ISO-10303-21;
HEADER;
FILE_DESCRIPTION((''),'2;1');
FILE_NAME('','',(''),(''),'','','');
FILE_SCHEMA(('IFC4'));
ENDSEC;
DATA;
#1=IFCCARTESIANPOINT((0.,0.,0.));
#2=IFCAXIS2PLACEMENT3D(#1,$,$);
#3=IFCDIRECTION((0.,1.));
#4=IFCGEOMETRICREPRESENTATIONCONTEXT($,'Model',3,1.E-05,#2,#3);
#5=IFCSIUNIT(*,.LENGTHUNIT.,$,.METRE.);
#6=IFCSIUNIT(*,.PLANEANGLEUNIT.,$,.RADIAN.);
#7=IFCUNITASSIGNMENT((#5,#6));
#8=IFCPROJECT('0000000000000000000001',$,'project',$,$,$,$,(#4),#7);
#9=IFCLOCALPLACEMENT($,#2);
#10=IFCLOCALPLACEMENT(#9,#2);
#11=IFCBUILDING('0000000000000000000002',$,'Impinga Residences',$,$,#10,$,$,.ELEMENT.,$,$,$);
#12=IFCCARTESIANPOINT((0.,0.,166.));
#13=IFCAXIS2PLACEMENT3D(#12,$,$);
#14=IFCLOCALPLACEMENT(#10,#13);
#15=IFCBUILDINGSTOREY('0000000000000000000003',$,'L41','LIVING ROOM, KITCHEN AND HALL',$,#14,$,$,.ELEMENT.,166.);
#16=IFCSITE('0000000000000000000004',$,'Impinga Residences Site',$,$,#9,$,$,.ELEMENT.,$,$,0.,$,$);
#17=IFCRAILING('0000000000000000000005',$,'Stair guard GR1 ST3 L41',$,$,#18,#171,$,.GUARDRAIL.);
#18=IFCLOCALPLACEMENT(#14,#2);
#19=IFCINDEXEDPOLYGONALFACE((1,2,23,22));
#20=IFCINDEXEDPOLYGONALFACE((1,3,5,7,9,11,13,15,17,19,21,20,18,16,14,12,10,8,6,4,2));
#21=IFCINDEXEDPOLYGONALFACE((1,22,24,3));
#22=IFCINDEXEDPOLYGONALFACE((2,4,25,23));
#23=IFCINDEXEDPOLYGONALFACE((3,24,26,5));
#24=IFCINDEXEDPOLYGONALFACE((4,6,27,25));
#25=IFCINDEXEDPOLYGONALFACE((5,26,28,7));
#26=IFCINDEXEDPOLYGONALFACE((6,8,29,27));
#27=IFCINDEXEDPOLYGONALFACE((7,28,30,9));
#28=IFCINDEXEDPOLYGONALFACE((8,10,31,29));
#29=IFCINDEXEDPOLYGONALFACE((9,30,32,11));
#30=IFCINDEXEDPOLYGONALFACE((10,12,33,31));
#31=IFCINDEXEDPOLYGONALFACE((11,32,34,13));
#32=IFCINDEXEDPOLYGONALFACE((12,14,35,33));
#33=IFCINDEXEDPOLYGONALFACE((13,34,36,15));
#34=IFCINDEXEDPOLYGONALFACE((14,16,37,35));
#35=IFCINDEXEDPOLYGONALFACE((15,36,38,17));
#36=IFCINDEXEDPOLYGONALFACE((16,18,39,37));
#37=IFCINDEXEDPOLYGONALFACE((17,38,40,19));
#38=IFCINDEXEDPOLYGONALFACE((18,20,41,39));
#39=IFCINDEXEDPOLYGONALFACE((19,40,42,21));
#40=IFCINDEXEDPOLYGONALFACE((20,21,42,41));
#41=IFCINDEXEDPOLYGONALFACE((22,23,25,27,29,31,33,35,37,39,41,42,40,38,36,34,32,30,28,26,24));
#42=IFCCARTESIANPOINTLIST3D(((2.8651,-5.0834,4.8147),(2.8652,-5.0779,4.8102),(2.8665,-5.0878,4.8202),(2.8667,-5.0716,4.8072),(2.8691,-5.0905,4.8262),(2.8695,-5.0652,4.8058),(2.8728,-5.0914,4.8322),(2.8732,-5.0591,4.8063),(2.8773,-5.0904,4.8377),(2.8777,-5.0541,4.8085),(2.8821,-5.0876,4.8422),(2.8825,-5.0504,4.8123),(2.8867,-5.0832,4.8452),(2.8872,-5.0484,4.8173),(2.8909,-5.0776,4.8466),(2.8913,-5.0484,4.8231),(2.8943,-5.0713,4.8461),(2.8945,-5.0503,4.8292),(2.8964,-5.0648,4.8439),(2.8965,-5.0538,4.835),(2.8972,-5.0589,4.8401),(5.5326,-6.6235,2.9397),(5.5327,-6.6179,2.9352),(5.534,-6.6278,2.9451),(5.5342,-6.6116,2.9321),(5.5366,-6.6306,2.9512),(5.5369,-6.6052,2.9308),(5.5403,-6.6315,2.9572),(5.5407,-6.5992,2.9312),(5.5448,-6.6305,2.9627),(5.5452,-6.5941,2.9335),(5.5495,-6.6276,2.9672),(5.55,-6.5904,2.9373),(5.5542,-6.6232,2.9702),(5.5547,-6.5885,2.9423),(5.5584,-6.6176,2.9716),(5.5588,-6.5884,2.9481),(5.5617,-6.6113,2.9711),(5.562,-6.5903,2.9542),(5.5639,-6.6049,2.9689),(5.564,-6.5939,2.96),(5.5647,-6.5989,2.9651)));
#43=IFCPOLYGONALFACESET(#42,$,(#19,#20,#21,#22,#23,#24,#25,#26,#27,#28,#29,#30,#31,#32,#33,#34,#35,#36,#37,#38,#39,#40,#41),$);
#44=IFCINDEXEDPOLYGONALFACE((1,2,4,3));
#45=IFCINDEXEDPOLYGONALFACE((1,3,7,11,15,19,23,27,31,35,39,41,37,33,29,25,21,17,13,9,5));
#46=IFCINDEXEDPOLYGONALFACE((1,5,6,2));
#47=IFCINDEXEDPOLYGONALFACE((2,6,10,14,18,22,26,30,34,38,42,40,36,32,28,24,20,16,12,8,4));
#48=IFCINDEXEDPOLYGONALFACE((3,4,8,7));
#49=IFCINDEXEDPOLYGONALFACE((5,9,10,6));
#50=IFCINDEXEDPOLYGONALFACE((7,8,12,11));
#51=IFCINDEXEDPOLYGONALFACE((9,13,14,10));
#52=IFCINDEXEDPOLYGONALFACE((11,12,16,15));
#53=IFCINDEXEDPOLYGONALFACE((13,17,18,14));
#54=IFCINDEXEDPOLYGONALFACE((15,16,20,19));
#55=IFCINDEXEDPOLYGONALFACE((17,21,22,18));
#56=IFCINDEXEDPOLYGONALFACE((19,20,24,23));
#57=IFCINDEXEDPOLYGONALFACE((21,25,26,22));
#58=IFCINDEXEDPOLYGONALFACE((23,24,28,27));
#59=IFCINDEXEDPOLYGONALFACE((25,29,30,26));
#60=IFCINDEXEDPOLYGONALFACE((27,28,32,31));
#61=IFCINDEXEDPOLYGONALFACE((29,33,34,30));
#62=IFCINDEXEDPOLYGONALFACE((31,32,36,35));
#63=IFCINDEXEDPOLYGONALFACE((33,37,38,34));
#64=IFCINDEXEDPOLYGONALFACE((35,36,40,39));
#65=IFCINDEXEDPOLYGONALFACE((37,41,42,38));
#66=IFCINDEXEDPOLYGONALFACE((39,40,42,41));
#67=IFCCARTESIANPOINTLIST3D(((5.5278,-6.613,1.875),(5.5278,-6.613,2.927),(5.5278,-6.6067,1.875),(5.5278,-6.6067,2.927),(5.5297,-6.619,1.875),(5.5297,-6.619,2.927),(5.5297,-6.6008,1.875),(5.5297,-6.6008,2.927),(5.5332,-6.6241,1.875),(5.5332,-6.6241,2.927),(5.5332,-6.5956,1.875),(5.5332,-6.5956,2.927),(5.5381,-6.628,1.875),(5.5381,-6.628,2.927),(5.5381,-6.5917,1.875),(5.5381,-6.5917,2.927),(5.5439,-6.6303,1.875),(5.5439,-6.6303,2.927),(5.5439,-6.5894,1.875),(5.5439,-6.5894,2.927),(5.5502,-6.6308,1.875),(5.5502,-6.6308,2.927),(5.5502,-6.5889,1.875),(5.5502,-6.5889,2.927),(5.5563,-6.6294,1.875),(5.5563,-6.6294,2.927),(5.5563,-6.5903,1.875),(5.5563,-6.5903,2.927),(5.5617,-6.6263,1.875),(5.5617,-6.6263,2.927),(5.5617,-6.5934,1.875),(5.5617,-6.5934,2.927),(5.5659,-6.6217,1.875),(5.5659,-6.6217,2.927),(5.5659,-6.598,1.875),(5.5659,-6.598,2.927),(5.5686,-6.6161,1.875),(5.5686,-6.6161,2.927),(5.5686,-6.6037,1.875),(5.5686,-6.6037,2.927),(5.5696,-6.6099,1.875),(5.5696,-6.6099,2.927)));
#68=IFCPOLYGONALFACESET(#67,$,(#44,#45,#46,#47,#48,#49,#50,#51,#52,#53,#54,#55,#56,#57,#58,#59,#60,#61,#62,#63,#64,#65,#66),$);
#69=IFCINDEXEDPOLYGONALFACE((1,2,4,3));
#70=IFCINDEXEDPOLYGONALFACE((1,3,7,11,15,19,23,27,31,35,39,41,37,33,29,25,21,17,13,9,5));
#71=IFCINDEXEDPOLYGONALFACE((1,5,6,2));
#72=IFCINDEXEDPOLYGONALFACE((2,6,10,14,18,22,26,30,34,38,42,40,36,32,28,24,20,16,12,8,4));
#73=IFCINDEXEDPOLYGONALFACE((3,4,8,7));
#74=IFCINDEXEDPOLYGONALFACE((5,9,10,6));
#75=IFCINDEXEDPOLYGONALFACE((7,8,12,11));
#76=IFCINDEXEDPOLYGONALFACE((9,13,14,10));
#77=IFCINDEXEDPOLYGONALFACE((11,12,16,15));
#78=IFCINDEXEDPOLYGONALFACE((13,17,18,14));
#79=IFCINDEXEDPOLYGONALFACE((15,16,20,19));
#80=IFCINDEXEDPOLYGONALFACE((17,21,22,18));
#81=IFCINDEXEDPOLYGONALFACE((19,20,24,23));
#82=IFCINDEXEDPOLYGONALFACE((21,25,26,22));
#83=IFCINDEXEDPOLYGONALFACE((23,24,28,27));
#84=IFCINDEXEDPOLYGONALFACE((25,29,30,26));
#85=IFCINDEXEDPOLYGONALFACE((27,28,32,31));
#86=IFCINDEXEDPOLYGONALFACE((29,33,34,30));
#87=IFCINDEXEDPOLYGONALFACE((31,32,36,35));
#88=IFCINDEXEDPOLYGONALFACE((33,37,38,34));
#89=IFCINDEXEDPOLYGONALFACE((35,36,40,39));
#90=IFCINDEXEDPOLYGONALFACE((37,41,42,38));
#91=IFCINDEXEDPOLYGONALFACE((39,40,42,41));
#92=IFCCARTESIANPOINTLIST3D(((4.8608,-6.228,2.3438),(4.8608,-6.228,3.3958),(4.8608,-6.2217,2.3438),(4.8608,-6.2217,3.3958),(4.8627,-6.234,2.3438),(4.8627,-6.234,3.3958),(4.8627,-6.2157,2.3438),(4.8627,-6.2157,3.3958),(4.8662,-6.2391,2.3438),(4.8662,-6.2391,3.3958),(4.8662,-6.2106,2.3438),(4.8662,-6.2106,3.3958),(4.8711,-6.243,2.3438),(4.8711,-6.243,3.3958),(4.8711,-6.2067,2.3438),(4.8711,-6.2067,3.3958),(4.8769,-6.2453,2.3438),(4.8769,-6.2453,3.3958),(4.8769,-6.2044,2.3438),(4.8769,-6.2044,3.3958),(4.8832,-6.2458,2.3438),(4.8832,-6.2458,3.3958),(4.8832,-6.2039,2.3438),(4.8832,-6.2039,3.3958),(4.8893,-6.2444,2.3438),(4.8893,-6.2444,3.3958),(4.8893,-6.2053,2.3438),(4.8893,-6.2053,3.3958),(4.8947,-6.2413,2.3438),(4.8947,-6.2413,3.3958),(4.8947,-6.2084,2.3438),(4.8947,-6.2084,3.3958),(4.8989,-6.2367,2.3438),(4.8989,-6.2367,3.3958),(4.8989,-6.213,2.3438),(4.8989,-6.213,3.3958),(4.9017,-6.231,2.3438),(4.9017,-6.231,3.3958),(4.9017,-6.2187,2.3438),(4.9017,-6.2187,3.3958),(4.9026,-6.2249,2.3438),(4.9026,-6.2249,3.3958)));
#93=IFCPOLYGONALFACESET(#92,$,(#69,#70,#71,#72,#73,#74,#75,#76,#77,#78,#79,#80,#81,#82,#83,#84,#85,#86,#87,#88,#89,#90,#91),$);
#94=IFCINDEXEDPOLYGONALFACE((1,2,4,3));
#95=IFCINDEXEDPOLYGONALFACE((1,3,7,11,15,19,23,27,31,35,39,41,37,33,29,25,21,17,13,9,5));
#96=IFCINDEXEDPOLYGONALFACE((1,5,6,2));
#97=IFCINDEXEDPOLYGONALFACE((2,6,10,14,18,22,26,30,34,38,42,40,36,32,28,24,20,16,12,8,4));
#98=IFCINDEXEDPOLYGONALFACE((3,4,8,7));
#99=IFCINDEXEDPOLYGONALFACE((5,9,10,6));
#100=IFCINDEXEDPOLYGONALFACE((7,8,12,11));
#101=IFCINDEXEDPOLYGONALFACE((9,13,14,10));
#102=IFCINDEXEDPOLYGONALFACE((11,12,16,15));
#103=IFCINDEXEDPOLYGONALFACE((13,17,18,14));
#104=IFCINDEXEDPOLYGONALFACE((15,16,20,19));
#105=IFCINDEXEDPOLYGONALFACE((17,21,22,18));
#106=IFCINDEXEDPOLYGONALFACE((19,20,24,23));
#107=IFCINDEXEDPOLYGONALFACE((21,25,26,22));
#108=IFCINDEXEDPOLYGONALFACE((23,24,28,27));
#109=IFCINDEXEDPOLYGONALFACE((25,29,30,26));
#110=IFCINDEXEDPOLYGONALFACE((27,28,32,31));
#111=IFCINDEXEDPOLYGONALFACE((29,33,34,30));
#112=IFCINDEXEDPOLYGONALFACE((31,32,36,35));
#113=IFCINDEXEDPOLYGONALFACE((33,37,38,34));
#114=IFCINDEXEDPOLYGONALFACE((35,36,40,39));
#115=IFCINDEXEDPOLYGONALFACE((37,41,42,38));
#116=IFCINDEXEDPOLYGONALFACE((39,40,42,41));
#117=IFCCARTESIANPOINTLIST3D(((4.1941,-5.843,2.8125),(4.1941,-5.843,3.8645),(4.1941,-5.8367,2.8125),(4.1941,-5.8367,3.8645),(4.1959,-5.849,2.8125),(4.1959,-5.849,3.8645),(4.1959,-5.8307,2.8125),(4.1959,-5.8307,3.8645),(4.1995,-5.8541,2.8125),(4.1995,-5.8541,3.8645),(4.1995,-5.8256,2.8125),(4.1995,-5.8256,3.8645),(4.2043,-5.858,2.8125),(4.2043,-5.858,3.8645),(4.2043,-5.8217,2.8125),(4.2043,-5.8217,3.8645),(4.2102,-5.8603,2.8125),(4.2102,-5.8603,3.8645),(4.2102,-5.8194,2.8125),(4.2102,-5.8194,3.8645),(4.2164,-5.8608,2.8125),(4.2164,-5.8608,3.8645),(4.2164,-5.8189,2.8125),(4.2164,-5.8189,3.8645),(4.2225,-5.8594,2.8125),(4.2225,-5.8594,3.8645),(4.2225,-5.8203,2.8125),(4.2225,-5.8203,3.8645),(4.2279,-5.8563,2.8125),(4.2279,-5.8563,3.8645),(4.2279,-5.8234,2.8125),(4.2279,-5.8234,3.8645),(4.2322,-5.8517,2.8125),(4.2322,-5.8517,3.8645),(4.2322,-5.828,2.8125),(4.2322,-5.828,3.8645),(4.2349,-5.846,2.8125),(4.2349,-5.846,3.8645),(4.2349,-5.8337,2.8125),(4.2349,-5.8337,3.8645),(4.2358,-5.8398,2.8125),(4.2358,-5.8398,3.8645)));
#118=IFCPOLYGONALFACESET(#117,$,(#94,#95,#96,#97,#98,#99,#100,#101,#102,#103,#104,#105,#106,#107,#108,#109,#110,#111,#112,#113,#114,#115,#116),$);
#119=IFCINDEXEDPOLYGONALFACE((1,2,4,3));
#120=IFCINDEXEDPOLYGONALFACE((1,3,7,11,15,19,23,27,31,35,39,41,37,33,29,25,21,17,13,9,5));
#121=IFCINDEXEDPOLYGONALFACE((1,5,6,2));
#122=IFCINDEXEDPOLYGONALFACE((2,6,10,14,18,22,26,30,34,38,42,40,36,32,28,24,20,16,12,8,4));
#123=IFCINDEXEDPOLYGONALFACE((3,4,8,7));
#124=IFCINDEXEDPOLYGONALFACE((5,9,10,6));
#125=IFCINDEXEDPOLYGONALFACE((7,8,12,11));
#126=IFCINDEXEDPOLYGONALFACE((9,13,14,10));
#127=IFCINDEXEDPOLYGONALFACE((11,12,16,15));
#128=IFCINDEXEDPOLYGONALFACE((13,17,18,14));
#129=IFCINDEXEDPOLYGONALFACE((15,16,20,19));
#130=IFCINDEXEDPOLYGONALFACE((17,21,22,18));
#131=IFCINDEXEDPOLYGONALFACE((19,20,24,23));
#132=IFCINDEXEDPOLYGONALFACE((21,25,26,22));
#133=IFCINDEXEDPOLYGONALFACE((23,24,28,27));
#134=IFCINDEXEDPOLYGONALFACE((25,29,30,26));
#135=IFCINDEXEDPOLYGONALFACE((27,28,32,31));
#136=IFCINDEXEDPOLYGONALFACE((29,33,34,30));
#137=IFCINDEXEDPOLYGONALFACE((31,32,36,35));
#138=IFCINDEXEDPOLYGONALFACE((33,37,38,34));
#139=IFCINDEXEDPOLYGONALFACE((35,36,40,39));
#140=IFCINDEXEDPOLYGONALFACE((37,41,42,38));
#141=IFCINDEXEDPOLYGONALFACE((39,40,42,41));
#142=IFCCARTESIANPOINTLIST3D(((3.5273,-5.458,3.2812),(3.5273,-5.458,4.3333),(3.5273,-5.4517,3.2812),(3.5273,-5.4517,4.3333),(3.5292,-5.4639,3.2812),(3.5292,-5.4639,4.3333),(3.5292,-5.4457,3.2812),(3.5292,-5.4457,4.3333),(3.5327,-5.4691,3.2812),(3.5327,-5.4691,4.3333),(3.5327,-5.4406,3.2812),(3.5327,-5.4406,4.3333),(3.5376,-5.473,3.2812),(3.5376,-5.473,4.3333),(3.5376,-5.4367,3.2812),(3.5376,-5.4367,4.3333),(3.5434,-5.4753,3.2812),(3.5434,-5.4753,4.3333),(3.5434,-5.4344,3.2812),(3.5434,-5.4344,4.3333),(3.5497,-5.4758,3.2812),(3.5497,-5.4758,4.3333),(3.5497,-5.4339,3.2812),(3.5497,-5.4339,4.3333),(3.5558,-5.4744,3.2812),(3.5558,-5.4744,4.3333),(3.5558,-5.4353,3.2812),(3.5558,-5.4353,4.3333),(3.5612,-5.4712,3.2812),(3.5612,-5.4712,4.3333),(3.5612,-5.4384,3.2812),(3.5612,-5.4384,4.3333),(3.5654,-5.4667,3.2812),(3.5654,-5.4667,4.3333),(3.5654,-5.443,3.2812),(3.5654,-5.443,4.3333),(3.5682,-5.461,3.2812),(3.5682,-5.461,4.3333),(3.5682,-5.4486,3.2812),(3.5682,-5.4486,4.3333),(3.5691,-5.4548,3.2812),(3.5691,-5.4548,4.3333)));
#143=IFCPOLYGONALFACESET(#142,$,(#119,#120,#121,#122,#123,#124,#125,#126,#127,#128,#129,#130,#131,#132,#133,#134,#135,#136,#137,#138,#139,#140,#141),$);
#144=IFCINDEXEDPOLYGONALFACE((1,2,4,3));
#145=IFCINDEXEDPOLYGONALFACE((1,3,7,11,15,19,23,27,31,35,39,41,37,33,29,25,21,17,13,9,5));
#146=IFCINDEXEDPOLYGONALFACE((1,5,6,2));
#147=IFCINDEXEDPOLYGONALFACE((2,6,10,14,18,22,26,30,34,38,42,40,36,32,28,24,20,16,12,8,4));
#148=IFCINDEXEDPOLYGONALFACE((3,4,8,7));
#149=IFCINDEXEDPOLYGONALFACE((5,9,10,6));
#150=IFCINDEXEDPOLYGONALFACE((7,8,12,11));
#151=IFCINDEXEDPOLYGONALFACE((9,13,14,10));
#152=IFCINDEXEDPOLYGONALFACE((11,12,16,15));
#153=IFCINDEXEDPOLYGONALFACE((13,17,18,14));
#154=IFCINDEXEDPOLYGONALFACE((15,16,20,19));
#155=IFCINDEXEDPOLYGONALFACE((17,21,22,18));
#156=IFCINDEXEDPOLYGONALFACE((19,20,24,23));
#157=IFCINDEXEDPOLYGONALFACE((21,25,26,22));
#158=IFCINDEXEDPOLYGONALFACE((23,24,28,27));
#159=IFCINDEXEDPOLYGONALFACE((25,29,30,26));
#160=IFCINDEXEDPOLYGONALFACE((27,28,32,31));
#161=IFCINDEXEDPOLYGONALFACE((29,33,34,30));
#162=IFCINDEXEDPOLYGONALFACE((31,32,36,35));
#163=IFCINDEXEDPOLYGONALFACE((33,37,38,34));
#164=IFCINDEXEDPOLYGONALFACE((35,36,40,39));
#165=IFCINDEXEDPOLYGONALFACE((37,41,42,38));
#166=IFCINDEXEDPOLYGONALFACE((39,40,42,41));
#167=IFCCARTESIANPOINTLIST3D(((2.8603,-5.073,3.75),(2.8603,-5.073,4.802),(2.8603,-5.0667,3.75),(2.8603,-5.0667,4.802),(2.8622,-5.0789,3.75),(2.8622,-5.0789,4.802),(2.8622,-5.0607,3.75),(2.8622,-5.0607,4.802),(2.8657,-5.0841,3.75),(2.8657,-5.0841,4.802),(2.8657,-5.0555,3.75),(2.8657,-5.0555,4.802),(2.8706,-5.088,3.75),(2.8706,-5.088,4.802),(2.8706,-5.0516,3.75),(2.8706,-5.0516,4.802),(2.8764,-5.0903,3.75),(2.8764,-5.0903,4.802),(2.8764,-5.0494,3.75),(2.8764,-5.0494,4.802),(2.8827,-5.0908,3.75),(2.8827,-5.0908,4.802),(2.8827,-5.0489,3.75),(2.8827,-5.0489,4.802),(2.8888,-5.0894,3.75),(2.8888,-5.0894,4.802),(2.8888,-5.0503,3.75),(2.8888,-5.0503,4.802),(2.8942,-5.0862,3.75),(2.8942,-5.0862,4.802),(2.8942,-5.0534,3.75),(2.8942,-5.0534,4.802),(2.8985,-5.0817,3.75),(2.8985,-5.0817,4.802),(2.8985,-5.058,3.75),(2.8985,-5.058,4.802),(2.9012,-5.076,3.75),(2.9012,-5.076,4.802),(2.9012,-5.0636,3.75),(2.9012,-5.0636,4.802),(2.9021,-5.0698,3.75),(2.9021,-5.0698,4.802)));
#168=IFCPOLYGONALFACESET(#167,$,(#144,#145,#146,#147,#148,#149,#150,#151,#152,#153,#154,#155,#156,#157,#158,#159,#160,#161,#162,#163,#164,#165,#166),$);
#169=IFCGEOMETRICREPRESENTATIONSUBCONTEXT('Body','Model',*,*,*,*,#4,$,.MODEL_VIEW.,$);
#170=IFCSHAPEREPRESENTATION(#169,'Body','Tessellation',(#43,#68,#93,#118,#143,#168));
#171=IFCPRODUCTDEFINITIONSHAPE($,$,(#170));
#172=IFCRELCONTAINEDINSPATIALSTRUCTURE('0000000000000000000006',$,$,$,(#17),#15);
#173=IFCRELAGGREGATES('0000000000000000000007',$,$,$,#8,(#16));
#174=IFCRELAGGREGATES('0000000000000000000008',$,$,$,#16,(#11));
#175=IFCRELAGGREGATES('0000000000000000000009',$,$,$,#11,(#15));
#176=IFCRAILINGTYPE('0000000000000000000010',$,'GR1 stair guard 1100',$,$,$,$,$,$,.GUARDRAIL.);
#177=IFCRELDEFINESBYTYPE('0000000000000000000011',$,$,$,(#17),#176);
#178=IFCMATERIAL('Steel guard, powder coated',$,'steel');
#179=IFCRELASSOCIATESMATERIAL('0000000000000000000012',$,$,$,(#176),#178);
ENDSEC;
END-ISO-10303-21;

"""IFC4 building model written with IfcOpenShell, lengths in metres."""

from ifc_helpers import new_model, si_unit, direction, frame, origin, origin_2d, place, context, subcontext, project, spatial, circle, extrude, material, type_object, element, save


model = new_model("IFC4")

# Units and contexts
model_context = context("Model", 3, precision=1e-05, world=origin(), true_north=direction((0.0, 1.0)))
body_context = subcontext(model_context, "Body", "Model", "MODEL_VIEW")
ifc_project = project(units=[si_unit("LENGTHUNIT", "METRE"), si_unit("PLANEANGLEUNIT", "RADIAN")], contexts=[model_context])

# Site, building, storey
site_placement = place(None, origin())
site = spatial("IfcSite", under=ifc_project, at=site_placement, Name="Impinga Residences Site", CompositionType="ELEMENT", RefElevation=0.0)
building_placement = place(site_placement, origin())
building = spatial("IfcBuilding", under=site, at=building_placement, Name="Impinga Residences", CompositionType="ELEMENT")
storey_placement = place(building_placement, frame((0.0, 0.0, 166.0)))
storey = spatial("IfcBuildingStorey", under=building, at=storey_placement, Name="L41", Description="LIVING ROOM, KITCHEN AND HALL", CompositionType="ELEMENT", Elevation=166.0)

# Railing
ifc_material_1 = material(Name="Steel guard, powder coated", Category="steel")
railing_type_1 = type_object("IfcRailingType", Name="GR1 stair guard 1100", PredefinedType="GUARDRAIL", material=ifc_material_1)
railing_1_placement = place(storey_placement, frame((5.5486, -6.6099, 1.875)))
element("IfcRailing", 1, at=railing_1_placement, inside=storey, type_object=railing_type_1, Name="Stair guard GR1 ST3 L41", PredefinedType="GUARDRAIL", context=body_context, shape_type="SweptSolid", body=[
    extrude(circle(Radius=0.0239, at=origin_2d()), frame((0.0, 0.0, 1.0762), z_axis=(-0.739746, 0.427084, 0.519975), x_axis=(-0.499992, -0.86603, 0.0)), (0.0, 0.0, 1.0), 3.606),
    extrude(circle(Radius=0.021, at=origin_2d()), origin(), (0.0, 0.0, 1.0), 1.052),
    extrude(circle(Radius=0.021, at=origin_2d()), frame((-0.667, 0.385, 0.4688)), (0.0, 0.0, 1.0), 1.052),
    extrude(circle(Radius=0.021, at=origin_2d()), frame((-1.3337, 0.77, 0.9375)), (0.0, 0.0, 1.0), 1.052),
    extrude(circle(Radius=0.021, at=origin_2d()), frame((-2.0005, 1.155, 1.4062)), (0.0, 0.0, 1.0), 1.052),
    extrude(circle(Radius=0.021, at=origin_2d()), frame((-2.6675, 1.54, 1.875)), (0.0, 0.0, 1.0), 1.052),
])

save(model, "model.ifc")
